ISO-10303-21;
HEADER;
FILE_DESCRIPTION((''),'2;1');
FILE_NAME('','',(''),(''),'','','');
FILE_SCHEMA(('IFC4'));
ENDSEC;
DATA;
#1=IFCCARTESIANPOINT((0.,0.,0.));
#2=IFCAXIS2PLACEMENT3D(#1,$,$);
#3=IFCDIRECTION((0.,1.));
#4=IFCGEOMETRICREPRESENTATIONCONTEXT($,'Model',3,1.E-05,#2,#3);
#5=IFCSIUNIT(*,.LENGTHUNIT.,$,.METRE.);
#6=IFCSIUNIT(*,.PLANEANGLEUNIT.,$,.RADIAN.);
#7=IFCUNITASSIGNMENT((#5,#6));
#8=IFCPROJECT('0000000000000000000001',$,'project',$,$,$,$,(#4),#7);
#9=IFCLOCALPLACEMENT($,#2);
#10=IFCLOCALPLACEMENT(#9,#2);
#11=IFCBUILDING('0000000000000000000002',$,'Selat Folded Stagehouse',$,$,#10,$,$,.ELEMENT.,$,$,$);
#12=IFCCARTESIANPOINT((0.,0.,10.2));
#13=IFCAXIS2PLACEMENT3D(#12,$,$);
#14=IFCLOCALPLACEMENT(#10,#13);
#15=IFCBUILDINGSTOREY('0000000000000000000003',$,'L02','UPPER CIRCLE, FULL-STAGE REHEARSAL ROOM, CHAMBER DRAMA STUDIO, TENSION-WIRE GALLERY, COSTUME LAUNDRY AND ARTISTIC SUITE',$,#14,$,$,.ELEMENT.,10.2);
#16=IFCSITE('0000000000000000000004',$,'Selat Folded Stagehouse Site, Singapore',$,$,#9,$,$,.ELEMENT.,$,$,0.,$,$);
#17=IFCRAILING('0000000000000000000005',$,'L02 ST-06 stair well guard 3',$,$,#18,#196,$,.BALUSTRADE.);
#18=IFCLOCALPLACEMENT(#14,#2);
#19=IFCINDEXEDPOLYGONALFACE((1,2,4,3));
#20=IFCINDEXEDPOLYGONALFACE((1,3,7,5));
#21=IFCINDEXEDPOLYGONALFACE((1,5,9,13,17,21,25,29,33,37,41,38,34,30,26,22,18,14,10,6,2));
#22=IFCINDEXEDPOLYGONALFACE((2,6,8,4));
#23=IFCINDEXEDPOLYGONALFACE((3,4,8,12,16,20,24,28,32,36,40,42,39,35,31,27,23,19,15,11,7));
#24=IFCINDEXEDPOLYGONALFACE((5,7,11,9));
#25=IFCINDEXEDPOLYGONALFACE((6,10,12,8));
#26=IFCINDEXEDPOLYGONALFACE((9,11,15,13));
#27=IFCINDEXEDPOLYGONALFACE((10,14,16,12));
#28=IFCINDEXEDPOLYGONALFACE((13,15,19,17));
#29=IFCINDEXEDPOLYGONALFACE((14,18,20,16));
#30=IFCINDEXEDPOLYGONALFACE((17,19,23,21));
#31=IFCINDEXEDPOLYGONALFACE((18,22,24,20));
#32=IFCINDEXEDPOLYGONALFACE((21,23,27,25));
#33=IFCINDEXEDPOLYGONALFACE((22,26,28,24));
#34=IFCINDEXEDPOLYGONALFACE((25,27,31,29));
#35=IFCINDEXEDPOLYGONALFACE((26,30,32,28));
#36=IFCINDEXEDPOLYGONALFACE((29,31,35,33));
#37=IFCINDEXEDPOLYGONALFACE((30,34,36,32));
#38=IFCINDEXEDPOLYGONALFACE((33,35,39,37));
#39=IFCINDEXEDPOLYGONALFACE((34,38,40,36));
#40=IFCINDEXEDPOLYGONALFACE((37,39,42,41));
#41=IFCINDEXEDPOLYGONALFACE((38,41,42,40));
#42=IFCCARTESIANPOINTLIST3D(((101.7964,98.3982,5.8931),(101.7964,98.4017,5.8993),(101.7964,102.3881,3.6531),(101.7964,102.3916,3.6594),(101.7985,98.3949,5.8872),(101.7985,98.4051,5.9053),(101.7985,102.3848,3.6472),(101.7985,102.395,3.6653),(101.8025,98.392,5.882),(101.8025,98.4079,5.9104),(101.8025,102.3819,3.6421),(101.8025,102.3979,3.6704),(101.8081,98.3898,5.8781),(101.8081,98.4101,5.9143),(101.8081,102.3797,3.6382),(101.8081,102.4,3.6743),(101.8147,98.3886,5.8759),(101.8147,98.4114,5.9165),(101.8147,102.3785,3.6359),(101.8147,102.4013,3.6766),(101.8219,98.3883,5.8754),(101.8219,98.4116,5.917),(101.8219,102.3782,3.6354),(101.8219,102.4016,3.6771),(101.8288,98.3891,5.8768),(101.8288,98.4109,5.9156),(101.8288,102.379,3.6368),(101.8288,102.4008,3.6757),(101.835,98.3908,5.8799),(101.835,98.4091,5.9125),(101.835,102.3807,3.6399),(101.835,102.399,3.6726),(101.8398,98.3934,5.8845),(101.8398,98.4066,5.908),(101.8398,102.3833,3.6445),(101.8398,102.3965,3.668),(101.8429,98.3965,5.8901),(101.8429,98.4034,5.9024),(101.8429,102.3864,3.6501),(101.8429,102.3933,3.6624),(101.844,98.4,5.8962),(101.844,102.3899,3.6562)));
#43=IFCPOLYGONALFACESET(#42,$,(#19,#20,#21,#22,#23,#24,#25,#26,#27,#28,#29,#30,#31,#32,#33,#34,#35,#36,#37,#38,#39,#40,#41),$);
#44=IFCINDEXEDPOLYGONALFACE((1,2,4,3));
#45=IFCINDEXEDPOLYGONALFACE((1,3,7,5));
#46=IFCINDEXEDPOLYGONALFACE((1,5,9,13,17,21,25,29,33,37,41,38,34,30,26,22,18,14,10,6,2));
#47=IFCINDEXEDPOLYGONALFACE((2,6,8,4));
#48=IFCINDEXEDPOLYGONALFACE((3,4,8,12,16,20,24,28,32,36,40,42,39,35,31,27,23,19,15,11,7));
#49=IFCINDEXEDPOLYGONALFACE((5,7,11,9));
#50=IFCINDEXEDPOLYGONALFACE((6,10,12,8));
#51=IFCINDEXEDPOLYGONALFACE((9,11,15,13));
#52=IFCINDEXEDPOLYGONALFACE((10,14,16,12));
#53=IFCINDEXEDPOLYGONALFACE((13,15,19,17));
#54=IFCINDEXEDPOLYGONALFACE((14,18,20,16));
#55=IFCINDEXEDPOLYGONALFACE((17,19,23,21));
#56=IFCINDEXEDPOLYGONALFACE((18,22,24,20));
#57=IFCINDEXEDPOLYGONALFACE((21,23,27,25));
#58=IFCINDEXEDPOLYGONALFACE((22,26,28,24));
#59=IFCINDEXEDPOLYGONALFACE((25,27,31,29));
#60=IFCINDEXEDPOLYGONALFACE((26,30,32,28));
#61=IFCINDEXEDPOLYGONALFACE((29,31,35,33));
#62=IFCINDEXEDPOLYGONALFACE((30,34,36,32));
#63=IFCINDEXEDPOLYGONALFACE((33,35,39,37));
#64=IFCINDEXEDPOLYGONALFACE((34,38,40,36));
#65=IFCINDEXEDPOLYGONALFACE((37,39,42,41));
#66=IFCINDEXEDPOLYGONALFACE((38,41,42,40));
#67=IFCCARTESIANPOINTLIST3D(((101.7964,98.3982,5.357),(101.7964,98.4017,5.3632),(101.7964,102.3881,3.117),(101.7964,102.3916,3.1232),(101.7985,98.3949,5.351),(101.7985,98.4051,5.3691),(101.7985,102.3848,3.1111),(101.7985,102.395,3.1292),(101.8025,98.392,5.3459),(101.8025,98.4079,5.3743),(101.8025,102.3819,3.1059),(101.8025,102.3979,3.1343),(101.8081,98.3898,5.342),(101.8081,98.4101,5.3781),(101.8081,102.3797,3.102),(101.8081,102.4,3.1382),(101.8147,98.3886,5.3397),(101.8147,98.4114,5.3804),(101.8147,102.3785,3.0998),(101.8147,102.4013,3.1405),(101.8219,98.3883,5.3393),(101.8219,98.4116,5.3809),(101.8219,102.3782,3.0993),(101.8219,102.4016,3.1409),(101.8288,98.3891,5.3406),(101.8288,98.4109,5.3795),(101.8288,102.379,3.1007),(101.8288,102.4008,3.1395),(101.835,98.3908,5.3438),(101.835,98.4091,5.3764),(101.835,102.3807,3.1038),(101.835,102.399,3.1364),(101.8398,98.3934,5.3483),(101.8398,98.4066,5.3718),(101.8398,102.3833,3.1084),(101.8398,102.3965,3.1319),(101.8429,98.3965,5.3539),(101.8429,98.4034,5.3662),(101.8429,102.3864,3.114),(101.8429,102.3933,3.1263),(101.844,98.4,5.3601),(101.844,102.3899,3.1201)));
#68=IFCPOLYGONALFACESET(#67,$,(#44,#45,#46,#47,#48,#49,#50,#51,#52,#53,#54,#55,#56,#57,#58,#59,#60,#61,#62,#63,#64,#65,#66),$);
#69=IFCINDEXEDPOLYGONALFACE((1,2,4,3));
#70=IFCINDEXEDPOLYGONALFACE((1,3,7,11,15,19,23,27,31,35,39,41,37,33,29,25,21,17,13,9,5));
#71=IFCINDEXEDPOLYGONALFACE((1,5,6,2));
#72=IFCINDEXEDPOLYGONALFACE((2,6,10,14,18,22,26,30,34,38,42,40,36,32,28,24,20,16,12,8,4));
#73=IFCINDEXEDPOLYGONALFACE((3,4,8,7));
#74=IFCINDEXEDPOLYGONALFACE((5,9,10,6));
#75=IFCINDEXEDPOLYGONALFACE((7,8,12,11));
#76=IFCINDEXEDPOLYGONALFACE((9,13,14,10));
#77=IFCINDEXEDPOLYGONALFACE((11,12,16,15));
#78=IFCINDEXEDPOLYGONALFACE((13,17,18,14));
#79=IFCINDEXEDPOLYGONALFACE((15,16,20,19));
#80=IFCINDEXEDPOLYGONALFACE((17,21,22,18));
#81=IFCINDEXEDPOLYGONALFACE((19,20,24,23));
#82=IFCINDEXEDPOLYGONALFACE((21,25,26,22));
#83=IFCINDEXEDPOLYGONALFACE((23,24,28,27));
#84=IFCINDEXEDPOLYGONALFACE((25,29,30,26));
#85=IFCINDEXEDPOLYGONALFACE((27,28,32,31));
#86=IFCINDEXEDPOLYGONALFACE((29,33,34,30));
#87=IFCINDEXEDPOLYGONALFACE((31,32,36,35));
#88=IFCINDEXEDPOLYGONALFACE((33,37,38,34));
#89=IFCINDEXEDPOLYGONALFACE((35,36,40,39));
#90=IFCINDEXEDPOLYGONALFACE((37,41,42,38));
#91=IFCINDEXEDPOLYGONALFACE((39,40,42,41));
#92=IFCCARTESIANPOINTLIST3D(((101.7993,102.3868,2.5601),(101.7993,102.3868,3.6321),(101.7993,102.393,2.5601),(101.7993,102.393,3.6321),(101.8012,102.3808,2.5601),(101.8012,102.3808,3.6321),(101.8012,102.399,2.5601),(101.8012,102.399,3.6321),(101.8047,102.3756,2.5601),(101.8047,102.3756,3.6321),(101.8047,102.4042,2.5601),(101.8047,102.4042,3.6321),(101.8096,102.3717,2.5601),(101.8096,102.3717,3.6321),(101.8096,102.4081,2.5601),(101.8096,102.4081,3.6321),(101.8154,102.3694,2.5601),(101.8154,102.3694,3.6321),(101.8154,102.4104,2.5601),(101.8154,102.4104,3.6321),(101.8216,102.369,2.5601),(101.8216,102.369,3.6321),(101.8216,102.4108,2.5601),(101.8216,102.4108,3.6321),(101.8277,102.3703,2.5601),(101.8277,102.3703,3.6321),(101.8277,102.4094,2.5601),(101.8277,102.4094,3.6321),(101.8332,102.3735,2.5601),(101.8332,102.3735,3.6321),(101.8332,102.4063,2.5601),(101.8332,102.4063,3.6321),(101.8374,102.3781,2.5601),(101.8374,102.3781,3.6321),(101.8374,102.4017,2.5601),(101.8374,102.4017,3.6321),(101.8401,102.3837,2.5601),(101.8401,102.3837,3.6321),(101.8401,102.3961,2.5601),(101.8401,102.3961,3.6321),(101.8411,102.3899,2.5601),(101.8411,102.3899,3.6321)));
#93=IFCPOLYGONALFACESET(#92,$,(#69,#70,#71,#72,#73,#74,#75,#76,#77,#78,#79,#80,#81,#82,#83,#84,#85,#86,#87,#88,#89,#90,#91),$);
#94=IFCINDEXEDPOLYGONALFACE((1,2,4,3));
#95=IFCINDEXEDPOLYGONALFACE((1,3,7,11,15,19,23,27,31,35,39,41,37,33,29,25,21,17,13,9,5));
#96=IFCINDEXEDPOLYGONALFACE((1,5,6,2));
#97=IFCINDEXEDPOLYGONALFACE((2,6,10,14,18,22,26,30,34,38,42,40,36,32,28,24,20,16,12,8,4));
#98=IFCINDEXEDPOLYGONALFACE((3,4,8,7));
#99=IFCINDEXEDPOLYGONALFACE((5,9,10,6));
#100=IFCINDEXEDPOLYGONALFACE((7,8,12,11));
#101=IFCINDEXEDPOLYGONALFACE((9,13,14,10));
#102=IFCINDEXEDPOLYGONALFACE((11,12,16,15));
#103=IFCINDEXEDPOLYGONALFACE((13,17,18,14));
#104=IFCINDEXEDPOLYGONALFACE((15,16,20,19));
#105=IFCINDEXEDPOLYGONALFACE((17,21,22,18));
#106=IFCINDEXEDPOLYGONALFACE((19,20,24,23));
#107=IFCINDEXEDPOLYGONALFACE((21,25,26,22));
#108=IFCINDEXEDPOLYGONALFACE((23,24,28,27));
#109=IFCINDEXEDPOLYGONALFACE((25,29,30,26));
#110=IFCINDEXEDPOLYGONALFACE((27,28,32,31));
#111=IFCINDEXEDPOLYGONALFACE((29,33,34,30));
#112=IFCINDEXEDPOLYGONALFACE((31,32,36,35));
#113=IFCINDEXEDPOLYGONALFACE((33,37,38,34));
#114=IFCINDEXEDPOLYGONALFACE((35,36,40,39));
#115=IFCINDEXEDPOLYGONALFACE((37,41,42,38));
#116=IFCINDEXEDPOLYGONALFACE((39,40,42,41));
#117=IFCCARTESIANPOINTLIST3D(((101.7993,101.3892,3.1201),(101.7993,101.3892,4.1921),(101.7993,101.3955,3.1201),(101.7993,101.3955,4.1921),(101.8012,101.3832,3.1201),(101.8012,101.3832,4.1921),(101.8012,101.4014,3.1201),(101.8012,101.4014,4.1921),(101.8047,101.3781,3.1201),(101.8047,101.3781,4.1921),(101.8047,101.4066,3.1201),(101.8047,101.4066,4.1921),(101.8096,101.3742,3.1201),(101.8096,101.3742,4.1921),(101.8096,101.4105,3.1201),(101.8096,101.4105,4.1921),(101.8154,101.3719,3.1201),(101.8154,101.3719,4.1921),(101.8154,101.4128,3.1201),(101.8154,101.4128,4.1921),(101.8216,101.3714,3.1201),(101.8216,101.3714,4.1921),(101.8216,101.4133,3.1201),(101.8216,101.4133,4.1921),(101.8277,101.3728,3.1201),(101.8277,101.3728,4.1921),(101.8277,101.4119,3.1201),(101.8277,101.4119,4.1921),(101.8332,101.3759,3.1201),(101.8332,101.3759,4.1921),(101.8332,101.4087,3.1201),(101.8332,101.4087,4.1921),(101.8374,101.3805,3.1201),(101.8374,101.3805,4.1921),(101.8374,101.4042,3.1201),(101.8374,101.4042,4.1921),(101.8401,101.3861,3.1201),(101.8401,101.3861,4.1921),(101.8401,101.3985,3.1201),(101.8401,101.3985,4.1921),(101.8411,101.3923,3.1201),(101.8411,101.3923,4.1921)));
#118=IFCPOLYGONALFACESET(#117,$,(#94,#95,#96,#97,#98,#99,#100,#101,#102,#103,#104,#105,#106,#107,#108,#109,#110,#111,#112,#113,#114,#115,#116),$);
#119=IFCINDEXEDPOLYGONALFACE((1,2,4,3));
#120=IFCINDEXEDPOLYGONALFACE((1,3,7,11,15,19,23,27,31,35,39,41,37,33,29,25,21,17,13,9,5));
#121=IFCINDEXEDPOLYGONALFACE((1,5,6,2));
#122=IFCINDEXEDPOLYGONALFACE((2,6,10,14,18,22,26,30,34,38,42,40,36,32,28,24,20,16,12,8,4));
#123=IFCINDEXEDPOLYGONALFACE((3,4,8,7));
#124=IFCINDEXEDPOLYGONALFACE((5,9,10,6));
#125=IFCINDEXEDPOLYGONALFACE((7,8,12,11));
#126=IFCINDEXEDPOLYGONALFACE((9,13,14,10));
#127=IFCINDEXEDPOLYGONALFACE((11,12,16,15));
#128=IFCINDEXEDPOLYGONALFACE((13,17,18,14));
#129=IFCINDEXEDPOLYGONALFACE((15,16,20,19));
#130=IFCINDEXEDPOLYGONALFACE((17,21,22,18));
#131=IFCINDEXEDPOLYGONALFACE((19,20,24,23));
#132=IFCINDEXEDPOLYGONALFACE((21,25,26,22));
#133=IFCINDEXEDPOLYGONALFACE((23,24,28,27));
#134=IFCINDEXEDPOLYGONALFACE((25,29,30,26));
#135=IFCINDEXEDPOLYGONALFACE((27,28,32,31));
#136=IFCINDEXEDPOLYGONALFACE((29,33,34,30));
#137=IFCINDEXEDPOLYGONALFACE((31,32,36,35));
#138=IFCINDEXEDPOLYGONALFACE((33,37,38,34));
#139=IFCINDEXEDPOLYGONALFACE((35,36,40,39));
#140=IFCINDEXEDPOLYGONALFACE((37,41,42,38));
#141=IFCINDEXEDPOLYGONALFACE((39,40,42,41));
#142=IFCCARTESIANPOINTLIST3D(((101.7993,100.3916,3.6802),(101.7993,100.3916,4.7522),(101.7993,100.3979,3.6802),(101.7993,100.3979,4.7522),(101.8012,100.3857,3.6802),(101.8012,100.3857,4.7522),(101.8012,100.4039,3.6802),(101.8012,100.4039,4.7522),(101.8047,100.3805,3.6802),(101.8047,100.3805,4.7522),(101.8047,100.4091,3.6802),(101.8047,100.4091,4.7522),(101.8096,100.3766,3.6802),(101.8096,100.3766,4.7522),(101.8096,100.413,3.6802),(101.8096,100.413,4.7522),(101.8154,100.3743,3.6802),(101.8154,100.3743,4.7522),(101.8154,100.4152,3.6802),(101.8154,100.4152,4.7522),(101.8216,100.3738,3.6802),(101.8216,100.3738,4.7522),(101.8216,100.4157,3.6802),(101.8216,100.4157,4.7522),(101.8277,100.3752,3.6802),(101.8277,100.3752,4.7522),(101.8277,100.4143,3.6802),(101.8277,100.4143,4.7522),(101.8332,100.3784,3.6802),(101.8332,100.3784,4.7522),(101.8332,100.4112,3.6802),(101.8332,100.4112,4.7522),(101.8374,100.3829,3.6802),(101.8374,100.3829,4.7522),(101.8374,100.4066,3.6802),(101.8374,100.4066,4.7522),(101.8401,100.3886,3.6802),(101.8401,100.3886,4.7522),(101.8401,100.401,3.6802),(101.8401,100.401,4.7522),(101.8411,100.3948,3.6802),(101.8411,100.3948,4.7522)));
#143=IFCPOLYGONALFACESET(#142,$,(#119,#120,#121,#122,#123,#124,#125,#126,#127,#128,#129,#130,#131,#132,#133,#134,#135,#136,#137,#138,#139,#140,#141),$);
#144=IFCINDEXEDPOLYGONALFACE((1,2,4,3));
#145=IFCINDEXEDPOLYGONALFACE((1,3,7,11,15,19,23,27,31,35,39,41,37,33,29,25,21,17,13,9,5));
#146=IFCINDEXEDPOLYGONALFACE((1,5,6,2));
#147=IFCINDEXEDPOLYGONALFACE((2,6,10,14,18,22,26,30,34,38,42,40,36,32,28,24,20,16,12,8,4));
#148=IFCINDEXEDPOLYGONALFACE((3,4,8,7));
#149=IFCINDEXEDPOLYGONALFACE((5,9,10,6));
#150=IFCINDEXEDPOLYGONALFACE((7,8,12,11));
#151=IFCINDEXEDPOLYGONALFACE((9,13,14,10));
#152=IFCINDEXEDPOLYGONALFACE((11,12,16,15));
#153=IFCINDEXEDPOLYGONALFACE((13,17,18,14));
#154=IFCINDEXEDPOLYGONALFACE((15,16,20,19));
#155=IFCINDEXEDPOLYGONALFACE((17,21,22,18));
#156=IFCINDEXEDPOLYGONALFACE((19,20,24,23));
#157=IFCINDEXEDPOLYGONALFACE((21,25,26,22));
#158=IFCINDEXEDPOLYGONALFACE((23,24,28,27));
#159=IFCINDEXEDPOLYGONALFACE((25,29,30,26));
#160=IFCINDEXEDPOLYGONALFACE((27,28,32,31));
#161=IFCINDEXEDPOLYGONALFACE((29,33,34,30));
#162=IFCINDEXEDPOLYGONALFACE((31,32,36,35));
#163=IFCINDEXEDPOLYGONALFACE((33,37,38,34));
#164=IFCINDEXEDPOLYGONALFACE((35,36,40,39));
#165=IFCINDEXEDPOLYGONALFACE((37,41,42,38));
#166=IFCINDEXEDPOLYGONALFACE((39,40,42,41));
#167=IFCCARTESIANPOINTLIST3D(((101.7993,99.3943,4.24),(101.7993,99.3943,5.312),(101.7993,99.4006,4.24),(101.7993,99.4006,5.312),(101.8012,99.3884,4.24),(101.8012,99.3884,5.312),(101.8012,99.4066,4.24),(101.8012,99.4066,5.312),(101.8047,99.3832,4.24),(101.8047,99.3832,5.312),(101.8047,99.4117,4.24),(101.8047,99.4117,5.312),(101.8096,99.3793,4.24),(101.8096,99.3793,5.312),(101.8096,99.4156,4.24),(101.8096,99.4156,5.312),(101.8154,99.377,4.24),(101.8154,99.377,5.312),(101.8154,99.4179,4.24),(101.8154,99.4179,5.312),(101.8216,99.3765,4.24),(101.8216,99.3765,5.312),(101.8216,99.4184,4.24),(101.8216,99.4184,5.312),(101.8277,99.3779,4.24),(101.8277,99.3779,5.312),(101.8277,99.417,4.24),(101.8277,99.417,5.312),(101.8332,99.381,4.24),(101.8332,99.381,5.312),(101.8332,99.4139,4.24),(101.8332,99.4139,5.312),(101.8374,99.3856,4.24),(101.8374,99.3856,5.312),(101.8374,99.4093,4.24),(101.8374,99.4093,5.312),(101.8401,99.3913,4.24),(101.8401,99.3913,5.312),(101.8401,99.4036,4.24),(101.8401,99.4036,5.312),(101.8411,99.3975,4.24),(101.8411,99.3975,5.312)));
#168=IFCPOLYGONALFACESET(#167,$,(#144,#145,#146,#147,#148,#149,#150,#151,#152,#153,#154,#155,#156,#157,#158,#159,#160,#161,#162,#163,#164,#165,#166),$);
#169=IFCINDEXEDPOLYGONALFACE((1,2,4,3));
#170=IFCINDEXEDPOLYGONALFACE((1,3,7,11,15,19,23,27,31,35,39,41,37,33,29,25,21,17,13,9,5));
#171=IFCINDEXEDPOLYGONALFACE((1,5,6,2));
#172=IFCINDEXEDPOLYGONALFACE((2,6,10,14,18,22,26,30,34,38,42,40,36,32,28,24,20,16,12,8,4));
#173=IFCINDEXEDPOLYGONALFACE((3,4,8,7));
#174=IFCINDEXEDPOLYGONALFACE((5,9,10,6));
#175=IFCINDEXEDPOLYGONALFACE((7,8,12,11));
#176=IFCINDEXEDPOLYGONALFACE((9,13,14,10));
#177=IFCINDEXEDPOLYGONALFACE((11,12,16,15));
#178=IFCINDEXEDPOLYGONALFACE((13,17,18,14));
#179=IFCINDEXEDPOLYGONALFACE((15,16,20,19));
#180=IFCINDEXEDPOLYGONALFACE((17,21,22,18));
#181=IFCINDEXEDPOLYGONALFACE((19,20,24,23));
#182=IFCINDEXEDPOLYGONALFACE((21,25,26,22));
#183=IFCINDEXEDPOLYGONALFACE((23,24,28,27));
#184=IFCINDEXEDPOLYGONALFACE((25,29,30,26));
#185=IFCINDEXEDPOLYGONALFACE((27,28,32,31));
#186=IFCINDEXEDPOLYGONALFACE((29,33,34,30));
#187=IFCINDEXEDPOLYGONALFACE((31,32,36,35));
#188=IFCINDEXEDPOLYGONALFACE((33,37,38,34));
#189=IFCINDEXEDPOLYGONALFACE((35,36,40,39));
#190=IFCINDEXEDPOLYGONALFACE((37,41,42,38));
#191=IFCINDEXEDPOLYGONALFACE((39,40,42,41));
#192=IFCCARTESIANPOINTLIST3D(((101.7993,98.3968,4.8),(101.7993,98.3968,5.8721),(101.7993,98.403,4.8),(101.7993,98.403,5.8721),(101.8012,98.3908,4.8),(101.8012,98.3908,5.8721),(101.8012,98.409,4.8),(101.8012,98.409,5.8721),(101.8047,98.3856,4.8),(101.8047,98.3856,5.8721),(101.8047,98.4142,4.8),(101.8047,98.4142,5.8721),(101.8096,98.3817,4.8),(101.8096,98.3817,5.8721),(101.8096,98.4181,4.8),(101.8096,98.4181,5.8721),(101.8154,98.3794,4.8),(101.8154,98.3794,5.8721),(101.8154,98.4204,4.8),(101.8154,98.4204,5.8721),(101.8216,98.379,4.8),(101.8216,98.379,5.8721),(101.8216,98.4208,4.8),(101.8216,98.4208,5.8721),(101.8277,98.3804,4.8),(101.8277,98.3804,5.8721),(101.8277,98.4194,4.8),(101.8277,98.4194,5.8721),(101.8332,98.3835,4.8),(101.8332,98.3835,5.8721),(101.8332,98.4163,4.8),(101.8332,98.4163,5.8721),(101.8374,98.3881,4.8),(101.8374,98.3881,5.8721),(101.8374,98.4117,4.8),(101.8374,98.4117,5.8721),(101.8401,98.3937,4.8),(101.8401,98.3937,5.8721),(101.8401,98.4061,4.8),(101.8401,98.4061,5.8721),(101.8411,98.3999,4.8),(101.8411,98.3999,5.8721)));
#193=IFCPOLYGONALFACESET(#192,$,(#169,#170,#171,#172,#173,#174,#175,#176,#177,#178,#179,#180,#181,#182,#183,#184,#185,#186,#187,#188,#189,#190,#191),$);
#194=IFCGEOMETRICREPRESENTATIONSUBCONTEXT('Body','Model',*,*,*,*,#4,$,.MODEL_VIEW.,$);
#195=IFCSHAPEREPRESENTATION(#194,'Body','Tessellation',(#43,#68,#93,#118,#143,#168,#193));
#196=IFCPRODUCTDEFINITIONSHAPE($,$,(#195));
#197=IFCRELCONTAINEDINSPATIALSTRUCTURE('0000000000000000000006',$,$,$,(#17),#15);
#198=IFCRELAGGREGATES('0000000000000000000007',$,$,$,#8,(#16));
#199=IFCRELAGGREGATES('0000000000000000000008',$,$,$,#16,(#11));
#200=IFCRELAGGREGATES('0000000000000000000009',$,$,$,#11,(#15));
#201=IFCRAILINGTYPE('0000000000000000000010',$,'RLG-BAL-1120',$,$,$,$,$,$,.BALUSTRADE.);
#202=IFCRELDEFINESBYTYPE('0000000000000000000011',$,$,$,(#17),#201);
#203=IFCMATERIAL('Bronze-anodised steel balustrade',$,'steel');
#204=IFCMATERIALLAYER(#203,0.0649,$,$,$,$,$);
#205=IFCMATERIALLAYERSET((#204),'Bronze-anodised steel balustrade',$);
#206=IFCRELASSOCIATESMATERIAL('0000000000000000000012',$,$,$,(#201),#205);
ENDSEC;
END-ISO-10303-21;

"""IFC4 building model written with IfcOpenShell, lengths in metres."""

from ifc_helpers import new_model, si_unit, direction, frame, origin, origin_2d, place, context, subcontext, project, spatial, circle, extrude, material, layer, layer_set, type_object, element, save


model = new_model("IFC4")

# Units and contexts
model_context = context("Model", 3, precision=1e-05, world=origin(), true_north=direction((0.0, 1.0)))
body_context = subcontext(model_context, "Body", "Model", "MODEL_VIEW")
ifc_project = project(units=[si_unit("LENGTHUNIT", "METRE"), si_unit("PLANEANGLEUNIT", "RADIAN")], contexts=[model_context])

# Site, building, storey
site_placement = place(None, origin())
site = spatial("IfcSite", under=ifc_project, at=site_placement, Name="Selat Folded Stagehouse Site, Singapore", CompositionType="ELEMENT", RefElevation=0.0)
building_placement = place(site_placement, origin())
building = spatial("IfcBuilding", under=site, at=building_placement, Name="Selat Folded Stagehouse", CompositionType="ELEMENT")
storey_placement = place(building_placement, frame((0.0, 0.0, 10.2)))
storey = spatial("IfcBuildingStorey", under=building, at=storey_placement, Name="L02", Description="UPPER CIRCLE, FULL-STAGE REHEARSAL ROOM, CHAMBER DRAMA STUDIO, TENSION-WIRE GALLERY, COSTUME LAUNDRY AND ARTISTIC SUITE", CompositionType="ELEMENT", Elevation=10.2)

# Railing
ifc_material_1 = material(Name="Bronze-anodised steel balustrade", Category="steel")
ifc_layer_1 = layer(ifc_material_1, 0.0649)
ifc_layer_set_1 = layer_set([ifc_layer_1], Name="Bronze-anodised steel balustrade")
railing_type_1 = type_object("IfcRailingType", Name="RLG-BAL-1120", PredefinedType="BALUSTRADE", material=ifc_layer_set_1)
railing_1_placement = place(storey_placement, frame((101.8201, 102.3899, 2.5601)))
element("IfcRailing", 1, at=railing_1_placement, inside=storey, type_object=railing_type_1, Name="L02 ST-06 stair well guard 3", PredefinedType="BALUSTRADE", context=body_context, shape_type="SweptSolid", body=[
    extrude(circle(Radius=0.0239, at=origin_2d()), frame((0.0, 0.0, 1.0962), z_axis=(0.0, -0.871984, 0.489534), x_axis=(1.0, 0.0, 0.0)), (0.0, 0.0, 1.0), 4.5757),
    extrude(circle(Radius=0.0239, at=origin_2d()), frame((0.0, 0.0, 0.5601), z_axis=(0.0, -0.871984, 0.489534), x_axis=(1.0, 0.0, 0.0)), (0.0, 0.0, 1.0), 4.5757),
    extrude(circle(Radius=0.021, at=origin_2d()), origin(), (0.0, 0.0, 1.0), 1.072),
    extrude(circle(Radius=0.021, at=origin_2d()), frame((0.0, -0.9976, 0.5601)), (0.0, 0.0, 1.0), 1.072),
    extrude(circle(Radius=0.021, at=origin_2d()), frame((0.0, -1.9951, 1.1201)), (0.0, 0.0, 1.0), 1.072),
    extrude(circle(Radius=0.021, at=origin_2d()), frame((0.0, -2.9924, 1.6799)), (0.0, 0.0, 1.0), 1.072),
    extrude(circle(Radius=0.021, at=origin_2d()), frame((0.0, -3.99, 2.24)), (0.0, 0.0, 1.0), 1.072),
])

save(model, "model.ifc")
